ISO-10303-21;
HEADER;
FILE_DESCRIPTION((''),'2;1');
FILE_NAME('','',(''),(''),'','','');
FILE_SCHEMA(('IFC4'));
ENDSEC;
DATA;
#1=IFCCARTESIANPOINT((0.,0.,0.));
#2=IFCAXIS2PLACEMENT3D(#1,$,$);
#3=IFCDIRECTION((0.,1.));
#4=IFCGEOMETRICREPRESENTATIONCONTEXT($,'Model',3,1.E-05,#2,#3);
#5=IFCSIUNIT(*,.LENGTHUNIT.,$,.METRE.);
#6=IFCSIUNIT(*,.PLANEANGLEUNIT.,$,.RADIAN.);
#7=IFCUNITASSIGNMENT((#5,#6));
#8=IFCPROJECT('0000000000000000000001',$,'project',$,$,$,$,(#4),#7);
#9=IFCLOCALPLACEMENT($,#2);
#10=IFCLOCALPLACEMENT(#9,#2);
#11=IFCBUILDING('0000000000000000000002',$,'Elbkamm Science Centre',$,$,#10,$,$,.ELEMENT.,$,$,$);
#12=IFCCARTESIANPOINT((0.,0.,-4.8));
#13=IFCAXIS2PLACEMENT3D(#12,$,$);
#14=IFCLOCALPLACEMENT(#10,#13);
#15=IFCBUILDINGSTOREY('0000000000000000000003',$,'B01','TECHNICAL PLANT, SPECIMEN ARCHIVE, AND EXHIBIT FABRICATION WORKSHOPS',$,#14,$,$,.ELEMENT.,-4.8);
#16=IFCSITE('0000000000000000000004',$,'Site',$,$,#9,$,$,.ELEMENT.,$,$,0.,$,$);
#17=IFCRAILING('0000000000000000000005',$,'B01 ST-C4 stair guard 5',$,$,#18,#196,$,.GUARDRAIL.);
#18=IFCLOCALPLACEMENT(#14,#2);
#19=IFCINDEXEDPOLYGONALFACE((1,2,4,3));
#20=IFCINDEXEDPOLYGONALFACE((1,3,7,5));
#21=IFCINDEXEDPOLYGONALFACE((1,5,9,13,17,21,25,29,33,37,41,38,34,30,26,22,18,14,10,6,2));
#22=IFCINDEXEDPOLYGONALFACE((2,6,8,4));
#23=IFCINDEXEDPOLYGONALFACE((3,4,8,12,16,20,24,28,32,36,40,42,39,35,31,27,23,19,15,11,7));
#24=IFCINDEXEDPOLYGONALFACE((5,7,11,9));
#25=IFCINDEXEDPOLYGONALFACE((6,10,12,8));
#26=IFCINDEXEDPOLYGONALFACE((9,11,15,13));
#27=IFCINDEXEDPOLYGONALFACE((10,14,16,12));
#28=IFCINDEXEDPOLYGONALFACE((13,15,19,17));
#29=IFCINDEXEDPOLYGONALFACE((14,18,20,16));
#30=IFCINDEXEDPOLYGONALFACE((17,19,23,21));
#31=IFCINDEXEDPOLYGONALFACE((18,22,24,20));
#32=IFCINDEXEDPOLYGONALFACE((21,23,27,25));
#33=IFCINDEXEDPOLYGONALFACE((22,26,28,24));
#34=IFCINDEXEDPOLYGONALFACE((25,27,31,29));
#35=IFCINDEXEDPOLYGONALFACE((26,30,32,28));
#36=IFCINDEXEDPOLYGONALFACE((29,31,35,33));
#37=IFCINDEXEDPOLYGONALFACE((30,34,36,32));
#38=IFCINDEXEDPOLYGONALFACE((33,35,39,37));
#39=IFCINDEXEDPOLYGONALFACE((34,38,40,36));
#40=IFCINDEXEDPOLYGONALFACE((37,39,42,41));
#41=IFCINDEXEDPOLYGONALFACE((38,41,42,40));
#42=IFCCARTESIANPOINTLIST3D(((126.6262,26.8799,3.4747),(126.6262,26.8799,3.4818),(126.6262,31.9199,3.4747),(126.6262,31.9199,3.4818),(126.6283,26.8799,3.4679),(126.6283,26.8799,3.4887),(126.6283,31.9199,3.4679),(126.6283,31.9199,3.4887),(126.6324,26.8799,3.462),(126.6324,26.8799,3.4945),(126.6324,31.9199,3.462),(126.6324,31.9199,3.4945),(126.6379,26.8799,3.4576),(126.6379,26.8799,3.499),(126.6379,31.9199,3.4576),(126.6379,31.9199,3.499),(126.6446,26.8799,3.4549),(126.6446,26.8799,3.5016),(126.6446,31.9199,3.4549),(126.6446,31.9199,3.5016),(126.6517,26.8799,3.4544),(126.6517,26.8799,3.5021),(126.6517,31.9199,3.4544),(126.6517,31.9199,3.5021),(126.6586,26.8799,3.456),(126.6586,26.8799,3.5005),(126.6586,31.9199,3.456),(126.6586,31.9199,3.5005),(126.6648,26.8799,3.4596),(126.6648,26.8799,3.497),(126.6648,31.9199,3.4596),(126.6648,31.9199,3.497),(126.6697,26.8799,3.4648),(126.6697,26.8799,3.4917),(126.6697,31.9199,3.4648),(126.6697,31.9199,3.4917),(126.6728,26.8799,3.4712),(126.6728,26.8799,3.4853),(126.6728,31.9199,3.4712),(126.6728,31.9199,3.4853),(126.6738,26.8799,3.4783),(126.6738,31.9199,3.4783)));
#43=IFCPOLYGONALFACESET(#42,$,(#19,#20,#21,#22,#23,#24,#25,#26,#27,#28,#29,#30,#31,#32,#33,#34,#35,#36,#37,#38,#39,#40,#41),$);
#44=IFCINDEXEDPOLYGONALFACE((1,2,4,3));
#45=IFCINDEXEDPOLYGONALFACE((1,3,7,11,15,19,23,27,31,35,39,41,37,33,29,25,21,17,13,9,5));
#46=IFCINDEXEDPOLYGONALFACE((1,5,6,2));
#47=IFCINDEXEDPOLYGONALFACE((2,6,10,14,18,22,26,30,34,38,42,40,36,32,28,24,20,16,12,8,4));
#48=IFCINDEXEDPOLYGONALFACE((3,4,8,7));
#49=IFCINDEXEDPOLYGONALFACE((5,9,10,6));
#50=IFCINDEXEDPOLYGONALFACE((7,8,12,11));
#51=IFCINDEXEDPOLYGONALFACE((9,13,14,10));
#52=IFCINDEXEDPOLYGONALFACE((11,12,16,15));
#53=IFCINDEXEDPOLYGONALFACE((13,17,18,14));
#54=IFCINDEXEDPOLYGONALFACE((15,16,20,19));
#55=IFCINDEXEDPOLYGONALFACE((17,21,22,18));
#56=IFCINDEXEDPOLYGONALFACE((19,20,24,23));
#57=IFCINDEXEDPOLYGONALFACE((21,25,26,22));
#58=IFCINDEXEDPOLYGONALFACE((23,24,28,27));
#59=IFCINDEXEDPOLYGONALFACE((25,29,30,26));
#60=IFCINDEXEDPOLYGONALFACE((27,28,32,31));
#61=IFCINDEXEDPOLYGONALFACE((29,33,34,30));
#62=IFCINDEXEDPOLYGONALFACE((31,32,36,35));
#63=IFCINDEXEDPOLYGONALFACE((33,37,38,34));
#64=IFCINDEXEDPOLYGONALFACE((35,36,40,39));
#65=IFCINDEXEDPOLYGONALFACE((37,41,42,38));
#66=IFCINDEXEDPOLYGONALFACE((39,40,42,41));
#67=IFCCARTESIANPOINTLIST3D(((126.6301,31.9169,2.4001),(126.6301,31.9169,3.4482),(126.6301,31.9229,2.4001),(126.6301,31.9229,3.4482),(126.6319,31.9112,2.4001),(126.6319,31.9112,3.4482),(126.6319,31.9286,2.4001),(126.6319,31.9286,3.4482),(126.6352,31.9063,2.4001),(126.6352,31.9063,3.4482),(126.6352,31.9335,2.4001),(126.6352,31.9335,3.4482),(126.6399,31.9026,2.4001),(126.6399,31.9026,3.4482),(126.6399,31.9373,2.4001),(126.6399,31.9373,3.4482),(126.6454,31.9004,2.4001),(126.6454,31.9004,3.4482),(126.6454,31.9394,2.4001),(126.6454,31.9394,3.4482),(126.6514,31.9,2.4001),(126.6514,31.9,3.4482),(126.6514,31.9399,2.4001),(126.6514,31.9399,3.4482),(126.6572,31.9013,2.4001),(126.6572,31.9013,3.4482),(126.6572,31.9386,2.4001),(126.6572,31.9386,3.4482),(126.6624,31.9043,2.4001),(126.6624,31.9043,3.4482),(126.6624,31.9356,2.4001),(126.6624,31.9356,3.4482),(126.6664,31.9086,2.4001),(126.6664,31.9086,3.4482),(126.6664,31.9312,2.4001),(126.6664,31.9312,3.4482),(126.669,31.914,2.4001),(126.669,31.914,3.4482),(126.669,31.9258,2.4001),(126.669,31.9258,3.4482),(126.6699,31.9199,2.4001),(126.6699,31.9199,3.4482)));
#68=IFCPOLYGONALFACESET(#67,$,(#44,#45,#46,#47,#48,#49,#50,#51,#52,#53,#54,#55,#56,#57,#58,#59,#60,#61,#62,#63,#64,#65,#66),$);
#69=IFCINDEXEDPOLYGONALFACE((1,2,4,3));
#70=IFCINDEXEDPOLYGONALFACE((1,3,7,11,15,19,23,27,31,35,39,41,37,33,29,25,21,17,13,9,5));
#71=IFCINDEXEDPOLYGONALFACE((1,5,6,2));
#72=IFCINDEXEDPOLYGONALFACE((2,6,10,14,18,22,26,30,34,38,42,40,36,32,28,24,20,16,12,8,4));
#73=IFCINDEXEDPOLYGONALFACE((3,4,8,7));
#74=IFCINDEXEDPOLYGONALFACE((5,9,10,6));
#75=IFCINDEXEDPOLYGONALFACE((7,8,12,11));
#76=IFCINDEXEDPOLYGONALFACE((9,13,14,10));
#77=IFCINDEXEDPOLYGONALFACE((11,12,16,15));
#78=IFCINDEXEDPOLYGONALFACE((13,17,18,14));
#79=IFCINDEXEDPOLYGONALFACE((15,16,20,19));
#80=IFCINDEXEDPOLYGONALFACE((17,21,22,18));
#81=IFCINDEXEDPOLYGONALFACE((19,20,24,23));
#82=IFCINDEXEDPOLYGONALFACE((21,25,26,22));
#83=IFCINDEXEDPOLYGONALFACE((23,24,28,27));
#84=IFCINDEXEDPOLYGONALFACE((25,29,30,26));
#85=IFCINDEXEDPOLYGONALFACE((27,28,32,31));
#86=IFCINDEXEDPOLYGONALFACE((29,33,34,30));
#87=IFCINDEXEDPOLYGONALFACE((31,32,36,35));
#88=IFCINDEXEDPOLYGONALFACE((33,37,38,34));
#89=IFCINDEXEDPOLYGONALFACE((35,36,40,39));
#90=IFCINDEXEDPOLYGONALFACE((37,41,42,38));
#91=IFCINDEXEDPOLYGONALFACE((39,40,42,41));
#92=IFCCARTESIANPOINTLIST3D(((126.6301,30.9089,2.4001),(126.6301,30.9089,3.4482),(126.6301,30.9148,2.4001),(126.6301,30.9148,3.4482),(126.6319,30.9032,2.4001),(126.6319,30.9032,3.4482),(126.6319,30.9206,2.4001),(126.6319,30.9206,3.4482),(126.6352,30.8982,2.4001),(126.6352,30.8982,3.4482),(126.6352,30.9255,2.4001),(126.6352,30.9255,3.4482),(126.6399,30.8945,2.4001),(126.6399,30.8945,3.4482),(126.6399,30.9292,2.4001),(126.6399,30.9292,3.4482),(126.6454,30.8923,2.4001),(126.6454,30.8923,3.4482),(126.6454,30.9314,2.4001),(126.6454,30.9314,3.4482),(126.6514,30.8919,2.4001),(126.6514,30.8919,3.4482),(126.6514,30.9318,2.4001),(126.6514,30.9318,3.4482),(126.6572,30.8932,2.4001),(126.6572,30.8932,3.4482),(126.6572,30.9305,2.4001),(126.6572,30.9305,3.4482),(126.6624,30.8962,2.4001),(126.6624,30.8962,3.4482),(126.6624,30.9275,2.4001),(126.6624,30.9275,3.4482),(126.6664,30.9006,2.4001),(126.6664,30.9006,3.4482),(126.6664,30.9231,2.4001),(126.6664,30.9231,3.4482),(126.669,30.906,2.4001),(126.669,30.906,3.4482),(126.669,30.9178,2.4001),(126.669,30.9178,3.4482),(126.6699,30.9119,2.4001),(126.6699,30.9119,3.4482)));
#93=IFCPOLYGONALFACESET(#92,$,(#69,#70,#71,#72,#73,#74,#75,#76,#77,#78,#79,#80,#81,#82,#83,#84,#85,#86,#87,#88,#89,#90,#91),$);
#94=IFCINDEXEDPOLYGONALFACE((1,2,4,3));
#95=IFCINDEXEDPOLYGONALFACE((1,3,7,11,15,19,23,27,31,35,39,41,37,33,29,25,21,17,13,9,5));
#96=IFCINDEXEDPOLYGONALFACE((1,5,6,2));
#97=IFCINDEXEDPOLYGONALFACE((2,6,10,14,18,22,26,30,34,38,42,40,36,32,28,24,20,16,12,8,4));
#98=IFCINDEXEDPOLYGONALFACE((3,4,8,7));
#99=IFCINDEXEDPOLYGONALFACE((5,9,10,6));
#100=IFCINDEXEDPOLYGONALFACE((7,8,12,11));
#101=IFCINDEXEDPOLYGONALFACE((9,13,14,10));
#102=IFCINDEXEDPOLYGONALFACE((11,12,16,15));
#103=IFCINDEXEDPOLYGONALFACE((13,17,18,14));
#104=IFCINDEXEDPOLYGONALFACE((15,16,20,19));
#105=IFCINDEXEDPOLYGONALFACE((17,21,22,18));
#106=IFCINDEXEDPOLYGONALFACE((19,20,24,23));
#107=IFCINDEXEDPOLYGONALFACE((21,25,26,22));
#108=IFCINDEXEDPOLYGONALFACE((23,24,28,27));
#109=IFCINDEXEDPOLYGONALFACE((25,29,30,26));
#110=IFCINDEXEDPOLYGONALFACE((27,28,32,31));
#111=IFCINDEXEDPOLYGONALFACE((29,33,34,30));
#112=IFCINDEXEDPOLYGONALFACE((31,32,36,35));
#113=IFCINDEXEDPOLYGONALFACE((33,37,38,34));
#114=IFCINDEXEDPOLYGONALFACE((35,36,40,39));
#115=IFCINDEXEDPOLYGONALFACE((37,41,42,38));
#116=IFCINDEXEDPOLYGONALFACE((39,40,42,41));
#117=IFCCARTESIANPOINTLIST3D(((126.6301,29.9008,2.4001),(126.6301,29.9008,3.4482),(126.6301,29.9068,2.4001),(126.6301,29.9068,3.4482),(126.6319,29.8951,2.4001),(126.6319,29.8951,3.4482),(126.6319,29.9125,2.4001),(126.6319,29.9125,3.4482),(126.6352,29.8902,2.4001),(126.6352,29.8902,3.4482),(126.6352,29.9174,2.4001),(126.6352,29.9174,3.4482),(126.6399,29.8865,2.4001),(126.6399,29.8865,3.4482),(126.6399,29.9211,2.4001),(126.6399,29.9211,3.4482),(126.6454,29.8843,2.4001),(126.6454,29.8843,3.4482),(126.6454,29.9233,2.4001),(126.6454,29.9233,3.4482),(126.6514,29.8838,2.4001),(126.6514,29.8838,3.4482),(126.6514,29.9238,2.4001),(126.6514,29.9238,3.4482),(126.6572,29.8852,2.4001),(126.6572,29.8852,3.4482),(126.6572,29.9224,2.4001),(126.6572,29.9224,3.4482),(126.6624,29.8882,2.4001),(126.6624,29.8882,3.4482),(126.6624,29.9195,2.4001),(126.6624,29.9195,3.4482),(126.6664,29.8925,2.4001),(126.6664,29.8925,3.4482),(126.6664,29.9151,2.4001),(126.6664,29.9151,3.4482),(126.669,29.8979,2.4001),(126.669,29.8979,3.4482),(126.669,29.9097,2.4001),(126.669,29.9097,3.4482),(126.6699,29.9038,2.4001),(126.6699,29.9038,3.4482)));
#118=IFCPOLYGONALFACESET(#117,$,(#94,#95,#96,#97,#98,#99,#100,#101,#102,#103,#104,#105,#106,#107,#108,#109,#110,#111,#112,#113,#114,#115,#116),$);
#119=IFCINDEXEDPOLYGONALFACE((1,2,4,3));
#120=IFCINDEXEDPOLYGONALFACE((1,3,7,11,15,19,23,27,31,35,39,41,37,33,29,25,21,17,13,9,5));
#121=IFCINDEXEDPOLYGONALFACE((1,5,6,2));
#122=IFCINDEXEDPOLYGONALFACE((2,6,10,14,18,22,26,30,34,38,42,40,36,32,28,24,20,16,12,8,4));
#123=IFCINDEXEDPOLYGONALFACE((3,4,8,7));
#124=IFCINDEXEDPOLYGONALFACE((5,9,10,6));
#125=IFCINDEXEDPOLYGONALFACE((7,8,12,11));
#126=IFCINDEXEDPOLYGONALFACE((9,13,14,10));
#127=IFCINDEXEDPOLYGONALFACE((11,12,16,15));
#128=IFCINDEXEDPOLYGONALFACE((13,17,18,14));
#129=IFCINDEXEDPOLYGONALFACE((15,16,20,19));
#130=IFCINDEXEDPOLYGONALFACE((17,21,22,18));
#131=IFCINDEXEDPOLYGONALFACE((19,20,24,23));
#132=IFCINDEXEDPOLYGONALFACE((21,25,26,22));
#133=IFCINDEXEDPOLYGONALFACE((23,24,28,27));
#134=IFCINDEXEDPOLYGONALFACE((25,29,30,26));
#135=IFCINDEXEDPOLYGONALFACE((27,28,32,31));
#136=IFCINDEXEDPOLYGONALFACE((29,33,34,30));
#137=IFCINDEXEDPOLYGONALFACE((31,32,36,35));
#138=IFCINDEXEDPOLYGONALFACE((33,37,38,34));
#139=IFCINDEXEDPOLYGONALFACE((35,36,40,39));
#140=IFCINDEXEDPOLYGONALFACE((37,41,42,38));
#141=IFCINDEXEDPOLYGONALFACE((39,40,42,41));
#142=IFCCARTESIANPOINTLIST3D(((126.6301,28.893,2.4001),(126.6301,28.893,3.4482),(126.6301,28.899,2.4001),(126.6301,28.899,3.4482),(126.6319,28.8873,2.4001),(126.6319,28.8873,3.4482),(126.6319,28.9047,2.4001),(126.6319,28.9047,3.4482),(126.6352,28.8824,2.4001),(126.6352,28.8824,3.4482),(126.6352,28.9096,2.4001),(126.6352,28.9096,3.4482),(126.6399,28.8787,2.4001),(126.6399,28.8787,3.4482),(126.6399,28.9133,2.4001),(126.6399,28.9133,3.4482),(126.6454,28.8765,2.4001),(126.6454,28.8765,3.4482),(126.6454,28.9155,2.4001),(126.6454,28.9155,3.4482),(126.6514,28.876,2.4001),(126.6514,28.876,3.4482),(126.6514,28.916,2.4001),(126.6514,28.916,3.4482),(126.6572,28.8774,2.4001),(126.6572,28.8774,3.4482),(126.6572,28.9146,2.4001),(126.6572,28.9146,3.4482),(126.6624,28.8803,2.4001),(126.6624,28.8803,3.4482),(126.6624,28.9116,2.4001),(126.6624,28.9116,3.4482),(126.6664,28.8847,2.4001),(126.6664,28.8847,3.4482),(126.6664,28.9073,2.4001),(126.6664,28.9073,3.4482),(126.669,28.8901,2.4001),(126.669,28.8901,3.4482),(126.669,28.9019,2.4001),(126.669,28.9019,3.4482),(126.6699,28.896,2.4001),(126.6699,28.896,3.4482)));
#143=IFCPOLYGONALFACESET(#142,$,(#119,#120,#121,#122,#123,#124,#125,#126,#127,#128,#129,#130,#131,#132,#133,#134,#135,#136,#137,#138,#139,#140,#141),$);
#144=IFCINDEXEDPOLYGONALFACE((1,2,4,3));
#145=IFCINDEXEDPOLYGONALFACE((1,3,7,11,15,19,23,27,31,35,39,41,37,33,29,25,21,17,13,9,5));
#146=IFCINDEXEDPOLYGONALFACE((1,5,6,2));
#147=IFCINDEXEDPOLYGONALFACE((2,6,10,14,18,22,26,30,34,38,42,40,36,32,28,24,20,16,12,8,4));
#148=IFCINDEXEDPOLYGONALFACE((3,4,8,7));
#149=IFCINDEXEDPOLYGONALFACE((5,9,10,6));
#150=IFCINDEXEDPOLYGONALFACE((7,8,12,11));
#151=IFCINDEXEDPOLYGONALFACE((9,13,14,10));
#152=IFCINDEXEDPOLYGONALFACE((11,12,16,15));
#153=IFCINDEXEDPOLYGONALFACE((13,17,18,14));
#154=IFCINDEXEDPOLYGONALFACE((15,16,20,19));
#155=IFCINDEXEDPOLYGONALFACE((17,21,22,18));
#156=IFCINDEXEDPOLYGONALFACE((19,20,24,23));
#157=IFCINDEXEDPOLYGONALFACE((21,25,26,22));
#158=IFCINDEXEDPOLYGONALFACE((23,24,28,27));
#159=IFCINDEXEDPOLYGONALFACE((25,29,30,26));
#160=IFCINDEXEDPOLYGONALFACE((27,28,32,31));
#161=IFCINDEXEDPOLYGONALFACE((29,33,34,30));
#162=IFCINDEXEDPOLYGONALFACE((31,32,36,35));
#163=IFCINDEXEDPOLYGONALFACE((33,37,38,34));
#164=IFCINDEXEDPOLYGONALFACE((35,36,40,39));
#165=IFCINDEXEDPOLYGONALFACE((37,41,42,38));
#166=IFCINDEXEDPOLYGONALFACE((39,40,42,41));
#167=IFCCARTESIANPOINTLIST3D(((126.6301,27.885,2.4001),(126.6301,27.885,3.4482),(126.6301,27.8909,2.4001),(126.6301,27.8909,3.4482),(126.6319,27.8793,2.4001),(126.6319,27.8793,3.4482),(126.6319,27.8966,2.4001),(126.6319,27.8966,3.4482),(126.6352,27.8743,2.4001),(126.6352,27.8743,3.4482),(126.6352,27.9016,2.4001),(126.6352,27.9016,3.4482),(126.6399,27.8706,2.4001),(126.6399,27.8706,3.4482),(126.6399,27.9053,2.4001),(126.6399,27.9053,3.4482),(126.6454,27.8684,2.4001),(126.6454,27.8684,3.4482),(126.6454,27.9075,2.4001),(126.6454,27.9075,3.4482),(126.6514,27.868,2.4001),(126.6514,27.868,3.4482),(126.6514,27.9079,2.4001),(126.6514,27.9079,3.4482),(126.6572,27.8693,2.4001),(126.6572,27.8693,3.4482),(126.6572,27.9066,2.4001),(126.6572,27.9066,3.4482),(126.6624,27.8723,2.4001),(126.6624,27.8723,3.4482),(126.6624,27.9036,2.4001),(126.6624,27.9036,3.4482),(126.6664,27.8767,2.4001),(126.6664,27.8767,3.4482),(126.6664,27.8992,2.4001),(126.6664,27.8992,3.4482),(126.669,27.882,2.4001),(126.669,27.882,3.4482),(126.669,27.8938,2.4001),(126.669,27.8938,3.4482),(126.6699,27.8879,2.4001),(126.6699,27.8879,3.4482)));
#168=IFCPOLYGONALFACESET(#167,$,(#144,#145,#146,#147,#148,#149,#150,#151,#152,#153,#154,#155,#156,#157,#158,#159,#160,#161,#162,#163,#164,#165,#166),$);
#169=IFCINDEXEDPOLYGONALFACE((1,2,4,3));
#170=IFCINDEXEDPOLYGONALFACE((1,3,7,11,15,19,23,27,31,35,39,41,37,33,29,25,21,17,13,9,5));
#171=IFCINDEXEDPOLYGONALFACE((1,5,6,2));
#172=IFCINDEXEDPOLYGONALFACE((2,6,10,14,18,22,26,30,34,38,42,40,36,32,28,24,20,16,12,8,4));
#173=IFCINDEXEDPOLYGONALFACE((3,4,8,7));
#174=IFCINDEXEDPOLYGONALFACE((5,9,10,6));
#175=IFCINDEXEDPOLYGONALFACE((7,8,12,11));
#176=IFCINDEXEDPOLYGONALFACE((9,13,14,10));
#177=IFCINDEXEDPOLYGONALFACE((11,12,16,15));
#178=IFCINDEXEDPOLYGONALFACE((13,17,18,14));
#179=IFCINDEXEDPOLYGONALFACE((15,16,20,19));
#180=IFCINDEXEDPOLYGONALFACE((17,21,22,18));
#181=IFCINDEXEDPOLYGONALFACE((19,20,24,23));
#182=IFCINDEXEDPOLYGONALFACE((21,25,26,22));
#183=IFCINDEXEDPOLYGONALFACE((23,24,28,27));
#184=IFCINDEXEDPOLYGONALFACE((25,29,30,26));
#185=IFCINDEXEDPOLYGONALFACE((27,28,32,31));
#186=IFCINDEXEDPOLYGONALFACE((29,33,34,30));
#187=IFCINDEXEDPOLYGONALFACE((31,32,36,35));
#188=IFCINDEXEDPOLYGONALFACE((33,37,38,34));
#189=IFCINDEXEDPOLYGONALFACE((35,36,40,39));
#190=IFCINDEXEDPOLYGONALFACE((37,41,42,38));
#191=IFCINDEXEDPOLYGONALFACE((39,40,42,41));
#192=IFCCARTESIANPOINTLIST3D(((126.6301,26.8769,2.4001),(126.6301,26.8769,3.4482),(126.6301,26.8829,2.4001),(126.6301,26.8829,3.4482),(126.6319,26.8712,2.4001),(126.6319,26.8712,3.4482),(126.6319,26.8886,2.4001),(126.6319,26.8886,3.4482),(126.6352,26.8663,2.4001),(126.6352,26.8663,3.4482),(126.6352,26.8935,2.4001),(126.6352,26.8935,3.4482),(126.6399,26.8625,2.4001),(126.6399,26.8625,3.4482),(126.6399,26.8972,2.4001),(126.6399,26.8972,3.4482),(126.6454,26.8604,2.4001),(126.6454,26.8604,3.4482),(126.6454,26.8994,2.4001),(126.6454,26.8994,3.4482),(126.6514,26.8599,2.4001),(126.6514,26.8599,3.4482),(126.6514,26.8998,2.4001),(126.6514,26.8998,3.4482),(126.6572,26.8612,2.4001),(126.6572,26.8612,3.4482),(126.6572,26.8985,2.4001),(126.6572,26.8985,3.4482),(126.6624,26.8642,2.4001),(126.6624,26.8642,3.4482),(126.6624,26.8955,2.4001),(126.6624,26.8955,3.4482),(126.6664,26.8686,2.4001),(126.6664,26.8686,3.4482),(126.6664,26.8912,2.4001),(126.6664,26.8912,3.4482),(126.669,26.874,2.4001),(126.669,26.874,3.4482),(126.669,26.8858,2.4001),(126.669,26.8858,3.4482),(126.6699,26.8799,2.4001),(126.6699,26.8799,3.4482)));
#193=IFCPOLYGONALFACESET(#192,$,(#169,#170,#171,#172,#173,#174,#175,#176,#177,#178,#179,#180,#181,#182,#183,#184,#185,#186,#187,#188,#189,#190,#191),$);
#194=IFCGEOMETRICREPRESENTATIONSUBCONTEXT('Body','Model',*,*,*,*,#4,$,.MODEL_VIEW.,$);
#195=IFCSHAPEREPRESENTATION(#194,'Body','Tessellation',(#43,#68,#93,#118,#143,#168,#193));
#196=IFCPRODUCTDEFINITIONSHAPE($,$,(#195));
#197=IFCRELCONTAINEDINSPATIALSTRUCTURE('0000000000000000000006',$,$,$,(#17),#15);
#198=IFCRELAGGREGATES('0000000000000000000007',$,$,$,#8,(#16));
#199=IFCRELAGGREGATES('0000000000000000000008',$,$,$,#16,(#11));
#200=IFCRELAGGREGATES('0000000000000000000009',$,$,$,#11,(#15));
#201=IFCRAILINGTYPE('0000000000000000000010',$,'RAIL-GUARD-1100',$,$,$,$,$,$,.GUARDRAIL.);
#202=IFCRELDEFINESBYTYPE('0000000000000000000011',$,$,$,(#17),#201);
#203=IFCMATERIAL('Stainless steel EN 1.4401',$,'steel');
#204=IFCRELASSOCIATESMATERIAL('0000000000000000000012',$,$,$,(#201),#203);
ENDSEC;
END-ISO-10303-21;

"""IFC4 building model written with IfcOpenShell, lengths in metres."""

from ifc_helpers import new_model, si_unit, direction, frame, origin, origin_2d, place, context, subcontext, project, spatial, circle, extrude, material, type_object, element, save


model = new_model("IFC4")

# Units and contexts
model_context = context("Model", 3, precision=1e-05, world=origin(), true_north=direction((0.0, 1.0)))
body_context = subcontext(model_context, "Body", "Model", "MODEL_VIEW")
ifc_project = project(units=[si_unit("LENGTHUNIT", "METRE"), si_unit("PLANEANGLEUNIT", "RADIAN")], contexts=[model_context])

# Site, building, storey
site_placement = place(None, origin())
site = spatial("IfcSite", under=ifc_project, at=site_placement, Name="Site", CompositionType="ELEMENT", RefElevation=0.0)
building_placement = place(site_placement, origin())
building = spatial("IfcBuilding", under=site, at=building_placement, Name="Elbkamm Science Centre", CompositionType="ELEMENT")
storey_placement = place(building_placement, frame((0.0, 0.0, -4.8)))
storey = spatial("IfcBuildingStorey", under=building, at=storey_placement, Name="B01", Description="TECHNICAL PLANT, SPECIMEN ARCHIVE, AND EXHIBIT FABRICATION WORKSHOPS", CompositionType="ELEMENT", Elevation=-4.8)

# Railing
ifc_material_1 = material(Name="Stainless steel EN 1.4401", Category="steel")
railing_type_1 = type_object("IfcRailingType", Name="RAIL-GUARD-1100", PredefinedType="GUARDRAIL", material=ifc_material_1)
railing_1_placement = place(storey_placement, frame((126.6499, 31.9199, 2.4001)))
element("IfcRailing", 1, at=railing_1_placement, inside=storey, type_object=railing_type_1, Name="B01 ST-C4 stair guard 5", PredefinedType="GUARDRAIL", context=body_context, shape_type="SweptSolid", body=[
    extrude(circle(Radius=0.0239, at=origin_2d()), frame((0.0, 0.0, 1.0781), z_axis=(0.0, -1.0, 0.0), x_axis=(1.0, 0.0, 0.0)), (0.0, 0.0, 1.0), 5.04),
    extrude(circle(Radius=0.02, at=origin_2d()), origin(), (0.0, 0.0, 1.0), 1.0481),
    extrude(circle(Radius=0.02, at=origin_2d()), frame((0.0, -1.0081, 0.0)), (0.0, 0.0, 1.0), 1.0481),
    extrude(circle(Radius=0.02, at=origin_2d()), frame((0.0, -2.0161, 0.0)), (0.0, 0.0, 1.0), 1.0481),
    extrude(circle(Radius=0.02, at=origin_2d()), frame((0.0, -3.0239, 0.0)), (0.0, 0.0, 1.0), 1.0481),
    extrude(circle(Radius=0.02, at=origin_2d()), frame((0.0, -4.032, 0.0)), (0.0, 0.0, 1.0), 1.0481),
    extrude(circle(Radius=0.02, at=origin_2d()), frame((0.0, -5.04, 0.0)), (0.0, 0.0, 1.0), 1.0481),
])

save(model, "model.ifc")
